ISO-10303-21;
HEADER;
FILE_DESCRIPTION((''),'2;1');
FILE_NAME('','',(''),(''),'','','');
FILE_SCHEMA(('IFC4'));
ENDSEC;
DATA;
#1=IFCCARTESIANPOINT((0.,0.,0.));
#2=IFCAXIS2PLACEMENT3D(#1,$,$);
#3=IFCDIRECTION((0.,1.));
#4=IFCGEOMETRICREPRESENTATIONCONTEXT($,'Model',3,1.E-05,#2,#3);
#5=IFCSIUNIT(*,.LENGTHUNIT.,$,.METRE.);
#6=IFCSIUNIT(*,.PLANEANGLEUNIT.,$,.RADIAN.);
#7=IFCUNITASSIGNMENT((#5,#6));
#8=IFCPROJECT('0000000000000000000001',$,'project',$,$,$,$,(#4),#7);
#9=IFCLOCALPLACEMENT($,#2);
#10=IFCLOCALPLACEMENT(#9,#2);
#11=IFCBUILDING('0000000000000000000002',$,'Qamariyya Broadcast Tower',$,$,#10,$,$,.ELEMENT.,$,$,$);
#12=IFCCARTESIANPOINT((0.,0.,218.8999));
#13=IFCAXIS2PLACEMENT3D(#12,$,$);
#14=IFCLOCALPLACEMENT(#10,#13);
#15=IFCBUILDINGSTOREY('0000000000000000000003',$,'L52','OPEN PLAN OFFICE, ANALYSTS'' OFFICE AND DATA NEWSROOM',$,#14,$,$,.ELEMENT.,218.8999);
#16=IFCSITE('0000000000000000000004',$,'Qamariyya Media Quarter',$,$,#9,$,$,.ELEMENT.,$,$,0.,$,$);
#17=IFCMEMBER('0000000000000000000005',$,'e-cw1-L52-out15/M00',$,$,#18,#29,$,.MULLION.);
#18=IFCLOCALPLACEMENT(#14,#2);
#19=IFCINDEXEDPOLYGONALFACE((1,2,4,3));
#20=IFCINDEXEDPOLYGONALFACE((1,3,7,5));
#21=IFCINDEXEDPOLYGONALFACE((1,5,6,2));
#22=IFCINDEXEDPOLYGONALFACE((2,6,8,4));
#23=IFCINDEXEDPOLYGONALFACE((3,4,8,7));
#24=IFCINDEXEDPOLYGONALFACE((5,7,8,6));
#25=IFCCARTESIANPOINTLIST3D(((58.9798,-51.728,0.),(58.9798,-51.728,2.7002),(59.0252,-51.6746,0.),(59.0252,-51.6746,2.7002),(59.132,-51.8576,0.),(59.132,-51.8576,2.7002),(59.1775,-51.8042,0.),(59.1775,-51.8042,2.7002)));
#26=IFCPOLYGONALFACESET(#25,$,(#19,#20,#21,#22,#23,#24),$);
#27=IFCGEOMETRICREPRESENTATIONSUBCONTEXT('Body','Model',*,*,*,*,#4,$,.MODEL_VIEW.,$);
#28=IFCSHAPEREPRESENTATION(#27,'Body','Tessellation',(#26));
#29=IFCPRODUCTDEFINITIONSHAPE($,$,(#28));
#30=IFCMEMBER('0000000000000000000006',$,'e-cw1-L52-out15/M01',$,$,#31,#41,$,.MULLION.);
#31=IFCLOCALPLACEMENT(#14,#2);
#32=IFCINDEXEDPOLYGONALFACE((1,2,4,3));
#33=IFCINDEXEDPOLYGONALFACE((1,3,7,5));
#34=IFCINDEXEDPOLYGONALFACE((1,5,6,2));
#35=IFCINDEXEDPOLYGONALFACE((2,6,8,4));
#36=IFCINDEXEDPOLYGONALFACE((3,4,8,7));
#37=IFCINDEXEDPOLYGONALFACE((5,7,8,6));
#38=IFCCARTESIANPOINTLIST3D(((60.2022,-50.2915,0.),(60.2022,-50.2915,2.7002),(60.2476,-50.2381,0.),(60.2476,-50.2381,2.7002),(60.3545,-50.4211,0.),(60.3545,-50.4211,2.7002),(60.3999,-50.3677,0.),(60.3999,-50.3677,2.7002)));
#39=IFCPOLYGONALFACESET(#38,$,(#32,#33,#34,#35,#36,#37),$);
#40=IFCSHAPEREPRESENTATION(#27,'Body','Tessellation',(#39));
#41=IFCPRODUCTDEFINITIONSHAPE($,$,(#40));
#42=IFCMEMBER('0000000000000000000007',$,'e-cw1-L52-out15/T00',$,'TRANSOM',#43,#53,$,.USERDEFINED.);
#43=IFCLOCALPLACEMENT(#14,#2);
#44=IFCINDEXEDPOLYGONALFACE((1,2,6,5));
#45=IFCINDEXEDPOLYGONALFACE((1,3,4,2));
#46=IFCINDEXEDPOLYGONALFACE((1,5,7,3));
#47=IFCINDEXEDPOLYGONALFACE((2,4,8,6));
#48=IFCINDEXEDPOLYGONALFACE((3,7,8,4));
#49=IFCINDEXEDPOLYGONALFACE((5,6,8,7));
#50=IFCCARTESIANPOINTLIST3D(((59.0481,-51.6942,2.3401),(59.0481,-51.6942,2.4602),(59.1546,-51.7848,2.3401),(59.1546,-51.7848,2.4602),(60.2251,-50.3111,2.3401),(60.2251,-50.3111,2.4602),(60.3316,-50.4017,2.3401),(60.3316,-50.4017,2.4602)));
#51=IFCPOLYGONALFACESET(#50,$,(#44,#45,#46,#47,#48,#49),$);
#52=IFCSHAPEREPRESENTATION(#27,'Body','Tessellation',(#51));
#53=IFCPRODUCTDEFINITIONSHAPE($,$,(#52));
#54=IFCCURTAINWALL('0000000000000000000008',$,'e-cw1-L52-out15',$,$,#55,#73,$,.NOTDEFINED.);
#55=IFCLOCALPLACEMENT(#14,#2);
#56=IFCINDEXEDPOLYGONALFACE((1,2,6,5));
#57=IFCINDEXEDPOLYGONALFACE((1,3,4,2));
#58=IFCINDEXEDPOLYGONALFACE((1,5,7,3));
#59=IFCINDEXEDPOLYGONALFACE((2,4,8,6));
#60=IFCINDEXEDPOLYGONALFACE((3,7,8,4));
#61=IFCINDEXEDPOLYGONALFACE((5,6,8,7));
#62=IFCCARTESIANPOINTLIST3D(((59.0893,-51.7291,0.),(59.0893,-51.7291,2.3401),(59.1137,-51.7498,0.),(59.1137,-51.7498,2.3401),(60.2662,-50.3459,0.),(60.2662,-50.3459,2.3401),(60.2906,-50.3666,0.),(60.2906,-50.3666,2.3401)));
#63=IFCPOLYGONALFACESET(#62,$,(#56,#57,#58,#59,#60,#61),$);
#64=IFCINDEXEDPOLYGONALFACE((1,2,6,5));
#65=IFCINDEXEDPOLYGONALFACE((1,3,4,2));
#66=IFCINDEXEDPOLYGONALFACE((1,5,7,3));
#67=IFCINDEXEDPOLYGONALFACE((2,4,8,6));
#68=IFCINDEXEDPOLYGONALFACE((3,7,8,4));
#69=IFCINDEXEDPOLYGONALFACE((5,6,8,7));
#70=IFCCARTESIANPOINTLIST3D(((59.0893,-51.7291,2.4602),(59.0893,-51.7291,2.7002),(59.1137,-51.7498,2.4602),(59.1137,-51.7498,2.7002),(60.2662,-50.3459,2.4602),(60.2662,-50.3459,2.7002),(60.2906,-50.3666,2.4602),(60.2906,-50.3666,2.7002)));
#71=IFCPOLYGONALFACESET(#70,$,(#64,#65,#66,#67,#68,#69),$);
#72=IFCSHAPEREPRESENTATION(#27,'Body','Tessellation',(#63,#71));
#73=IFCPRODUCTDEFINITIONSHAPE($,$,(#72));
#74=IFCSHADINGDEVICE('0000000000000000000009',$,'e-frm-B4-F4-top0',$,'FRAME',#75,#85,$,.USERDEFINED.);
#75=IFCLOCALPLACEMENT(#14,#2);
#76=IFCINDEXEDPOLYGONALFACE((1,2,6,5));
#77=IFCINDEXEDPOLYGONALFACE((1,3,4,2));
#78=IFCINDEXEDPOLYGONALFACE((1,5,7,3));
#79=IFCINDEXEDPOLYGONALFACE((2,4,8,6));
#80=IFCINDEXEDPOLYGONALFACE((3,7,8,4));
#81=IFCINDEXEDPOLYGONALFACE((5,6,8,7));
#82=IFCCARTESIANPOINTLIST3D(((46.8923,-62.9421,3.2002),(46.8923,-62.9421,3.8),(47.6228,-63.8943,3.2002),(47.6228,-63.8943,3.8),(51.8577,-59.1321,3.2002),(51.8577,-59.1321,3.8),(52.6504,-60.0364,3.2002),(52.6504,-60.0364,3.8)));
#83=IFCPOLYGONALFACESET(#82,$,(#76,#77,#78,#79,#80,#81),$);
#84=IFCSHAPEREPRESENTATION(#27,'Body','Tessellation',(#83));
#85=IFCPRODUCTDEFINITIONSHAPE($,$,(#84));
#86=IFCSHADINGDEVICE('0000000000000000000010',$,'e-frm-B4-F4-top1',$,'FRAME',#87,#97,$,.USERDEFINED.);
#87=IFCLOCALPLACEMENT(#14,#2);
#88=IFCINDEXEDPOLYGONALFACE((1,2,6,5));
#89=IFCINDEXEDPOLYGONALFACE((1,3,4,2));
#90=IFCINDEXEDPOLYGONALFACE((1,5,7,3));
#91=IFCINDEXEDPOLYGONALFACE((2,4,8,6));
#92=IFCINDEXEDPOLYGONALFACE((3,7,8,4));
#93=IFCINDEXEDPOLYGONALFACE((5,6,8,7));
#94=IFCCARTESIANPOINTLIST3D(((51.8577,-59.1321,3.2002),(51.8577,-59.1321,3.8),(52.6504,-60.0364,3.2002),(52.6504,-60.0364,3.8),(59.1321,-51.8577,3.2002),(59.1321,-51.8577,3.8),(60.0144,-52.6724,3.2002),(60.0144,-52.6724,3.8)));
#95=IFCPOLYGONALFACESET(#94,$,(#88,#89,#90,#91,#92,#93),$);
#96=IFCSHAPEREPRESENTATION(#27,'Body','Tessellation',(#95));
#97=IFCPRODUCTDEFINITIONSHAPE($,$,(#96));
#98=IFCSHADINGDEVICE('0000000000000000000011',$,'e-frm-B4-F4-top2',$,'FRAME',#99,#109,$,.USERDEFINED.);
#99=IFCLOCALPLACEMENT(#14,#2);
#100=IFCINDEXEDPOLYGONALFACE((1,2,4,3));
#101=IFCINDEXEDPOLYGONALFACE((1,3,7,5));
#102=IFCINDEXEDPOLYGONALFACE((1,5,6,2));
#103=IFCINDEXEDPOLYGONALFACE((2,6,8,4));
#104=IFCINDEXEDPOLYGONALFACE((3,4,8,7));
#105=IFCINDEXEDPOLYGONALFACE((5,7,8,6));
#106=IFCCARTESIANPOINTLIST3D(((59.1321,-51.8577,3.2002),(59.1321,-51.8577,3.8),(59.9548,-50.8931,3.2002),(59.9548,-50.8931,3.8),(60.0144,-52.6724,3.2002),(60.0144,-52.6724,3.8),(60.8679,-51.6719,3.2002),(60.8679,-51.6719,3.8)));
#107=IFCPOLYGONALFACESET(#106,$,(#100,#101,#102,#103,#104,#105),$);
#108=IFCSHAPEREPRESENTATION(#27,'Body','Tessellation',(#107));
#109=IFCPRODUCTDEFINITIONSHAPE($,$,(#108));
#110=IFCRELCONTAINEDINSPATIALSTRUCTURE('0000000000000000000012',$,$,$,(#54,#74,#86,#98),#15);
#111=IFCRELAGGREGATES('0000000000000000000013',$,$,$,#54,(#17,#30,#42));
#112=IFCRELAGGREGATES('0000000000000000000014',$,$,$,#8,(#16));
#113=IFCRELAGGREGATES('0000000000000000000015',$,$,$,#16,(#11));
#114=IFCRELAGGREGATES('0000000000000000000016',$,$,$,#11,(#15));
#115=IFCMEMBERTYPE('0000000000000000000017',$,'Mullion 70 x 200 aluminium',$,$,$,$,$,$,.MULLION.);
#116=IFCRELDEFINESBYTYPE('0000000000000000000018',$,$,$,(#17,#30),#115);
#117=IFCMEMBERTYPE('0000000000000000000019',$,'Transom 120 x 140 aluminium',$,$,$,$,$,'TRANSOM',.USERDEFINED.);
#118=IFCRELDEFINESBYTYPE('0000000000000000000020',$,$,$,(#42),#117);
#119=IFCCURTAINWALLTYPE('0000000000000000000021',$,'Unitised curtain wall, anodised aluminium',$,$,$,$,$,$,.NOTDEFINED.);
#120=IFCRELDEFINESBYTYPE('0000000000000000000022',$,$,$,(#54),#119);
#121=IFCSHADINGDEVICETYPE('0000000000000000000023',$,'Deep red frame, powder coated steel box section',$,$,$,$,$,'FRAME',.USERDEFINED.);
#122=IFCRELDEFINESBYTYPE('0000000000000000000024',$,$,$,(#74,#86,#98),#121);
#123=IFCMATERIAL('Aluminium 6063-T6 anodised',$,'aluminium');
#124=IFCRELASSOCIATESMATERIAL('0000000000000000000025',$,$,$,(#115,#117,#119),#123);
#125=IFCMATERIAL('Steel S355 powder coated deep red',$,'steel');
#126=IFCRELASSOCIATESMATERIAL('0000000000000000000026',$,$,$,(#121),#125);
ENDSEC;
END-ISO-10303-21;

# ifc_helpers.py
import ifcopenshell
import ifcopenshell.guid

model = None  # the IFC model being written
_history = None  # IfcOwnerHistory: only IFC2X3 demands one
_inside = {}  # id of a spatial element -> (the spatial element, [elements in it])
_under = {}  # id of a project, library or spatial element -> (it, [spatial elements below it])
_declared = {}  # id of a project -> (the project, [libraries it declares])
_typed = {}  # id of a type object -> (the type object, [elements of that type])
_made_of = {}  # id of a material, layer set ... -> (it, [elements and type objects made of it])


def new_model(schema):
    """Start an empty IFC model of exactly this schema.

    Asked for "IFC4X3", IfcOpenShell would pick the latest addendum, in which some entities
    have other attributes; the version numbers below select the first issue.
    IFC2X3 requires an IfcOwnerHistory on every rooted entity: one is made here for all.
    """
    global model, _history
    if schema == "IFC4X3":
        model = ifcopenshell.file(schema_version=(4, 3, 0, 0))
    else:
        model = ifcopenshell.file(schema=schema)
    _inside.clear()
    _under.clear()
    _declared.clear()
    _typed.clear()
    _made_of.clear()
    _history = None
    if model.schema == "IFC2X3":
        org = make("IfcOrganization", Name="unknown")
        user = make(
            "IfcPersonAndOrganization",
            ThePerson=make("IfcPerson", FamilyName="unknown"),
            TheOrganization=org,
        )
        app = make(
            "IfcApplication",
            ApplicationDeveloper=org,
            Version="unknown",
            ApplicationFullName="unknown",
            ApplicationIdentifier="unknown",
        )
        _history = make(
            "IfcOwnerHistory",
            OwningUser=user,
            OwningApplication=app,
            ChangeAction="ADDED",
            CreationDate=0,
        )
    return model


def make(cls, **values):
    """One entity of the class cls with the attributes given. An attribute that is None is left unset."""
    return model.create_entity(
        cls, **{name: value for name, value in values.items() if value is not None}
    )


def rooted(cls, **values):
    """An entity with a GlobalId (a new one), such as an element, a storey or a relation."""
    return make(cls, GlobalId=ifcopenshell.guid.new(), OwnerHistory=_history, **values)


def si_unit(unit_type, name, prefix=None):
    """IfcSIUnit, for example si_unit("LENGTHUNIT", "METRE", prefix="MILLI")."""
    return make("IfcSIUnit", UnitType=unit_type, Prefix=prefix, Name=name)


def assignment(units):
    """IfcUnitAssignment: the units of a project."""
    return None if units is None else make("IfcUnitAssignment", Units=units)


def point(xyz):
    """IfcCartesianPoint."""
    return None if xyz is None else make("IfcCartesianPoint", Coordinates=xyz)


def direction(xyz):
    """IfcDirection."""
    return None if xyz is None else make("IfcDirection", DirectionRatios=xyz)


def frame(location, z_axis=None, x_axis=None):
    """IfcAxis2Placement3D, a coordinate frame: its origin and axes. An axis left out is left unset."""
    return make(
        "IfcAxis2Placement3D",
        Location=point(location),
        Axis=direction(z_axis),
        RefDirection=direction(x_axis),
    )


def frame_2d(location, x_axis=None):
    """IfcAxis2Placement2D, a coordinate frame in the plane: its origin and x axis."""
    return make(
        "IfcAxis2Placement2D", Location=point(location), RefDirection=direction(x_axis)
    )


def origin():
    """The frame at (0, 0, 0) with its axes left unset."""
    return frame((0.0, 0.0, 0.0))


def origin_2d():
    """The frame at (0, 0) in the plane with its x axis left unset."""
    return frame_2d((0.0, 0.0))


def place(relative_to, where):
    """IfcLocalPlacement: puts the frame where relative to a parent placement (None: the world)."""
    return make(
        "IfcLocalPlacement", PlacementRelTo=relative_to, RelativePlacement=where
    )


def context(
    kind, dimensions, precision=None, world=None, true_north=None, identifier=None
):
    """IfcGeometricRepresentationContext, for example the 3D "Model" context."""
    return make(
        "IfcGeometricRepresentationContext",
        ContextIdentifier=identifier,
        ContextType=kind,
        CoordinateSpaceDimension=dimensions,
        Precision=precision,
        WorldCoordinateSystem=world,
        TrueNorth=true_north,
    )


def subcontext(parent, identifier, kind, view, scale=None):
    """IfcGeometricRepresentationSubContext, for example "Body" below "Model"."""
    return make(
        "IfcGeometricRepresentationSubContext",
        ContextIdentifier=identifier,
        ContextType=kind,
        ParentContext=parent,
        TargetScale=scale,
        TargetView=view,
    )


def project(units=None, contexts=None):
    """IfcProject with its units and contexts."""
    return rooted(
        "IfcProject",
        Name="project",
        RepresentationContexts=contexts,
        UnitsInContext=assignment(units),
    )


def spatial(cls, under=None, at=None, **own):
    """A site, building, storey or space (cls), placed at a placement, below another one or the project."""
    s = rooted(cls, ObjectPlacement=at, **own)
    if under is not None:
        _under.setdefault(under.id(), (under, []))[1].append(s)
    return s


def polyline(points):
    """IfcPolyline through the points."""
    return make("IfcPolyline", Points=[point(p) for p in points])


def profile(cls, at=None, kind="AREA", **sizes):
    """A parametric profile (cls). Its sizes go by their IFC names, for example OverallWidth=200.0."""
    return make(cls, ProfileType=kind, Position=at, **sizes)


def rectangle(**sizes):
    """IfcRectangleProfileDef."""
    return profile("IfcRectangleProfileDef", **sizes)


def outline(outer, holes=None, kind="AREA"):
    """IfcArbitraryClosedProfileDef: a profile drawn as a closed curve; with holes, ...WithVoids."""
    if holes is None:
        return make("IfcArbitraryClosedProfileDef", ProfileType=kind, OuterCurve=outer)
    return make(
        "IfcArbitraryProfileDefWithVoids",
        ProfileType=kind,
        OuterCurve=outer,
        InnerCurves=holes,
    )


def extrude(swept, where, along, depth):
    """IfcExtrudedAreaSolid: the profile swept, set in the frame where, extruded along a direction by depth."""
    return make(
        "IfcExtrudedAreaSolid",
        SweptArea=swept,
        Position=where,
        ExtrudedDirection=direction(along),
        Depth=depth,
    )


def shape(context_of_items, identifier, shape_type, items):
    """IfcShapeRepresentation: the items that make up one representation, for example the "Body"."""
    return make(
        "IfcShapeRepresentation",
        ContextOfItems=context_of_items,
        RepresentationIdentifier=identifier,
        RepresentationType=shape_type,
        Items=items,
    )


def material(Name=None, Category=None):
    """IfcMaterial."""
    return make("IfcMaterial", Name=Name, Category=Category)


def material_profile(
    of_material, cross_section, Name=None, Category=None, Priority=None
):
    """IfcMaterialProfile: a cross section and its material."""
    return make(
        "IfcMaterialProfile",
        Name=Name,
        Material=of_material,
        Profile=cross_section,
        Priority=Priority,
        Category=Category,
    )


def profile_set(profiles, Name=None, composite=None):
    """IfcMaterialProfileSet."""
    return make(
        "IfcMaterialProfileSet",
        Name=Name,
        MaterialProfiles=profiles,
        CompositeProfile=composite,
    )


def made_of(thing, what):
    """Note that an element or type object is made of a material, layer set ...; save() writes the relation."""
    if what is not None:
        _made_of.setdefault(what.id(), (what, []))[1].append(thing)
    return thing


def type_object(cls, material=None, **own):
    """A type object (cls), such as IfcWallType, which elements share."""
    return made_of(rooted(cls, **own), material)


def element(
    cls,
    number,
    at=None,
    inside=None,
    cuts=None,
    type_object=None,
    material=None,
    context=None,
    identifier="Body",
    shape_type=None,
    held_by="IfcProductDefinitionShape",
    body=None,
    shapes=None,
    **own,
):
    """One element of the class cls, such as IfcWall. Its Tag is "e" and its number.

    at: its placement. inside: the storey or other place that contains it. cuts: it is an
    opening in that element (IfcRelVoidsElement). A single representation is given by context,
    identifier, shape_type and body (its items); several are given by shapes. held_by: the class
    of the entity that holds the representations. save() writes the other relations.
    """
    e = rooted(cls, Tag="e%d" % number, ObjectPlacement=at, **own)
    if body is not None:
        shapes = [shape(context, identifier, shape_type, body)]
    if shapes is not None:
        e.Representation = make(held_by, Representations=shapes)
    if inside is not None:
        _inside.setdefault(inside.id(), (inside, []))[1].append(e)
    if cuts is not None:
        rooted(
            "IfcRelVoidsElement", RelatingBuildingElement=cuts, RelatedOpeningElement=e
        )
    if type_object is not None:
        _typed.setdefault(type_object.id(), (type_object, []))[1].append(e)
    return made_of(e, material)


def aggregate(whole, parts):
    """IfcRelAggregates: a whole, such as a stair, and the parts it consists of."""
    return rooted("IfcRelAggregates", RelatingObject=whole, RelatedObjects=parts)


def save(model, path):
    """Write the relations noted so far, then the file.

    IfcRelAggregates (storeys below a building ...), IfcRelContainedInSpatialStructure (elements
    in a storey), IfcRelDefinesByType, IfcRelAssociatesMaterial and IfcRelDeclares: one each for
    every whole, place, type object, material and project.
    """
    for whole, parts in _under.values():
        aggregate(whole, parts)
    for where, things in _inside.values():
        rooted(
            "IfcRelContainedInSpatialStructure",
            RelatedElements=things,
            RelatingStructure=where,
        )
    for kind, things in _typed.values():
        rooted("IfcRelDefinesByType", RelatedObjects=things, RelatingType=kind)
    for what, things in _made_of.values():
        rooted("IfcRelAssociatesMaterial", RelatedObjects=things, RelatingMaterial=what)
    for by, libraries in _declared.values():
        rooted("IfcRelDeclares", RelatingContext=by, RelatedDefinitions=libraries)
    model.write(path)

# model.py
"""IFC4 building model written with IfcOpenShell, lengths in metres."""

from ifc_helpers import new_model, si_unit, direction, frame, origin, origin_2d, place, context, subcontext, project, spatial, polyline, rectangle, outline, extrude, material, material_profile, profile_set, type_object, element, aggregate, save


model = new_model("IFC4")

# Units and contexts
model_context = context("Model", 3, precision=1e-05, world=origin(), true_north=direction((0.0, 1.0)))
body_context = subcontext(model_context, "Body", "Model", "MODEL_VIEW")
ifc_project = project(units=[si_unit("LENGTHUNIT", "METRE"), si_unit("PLANEANGLEUNIT", "RADIAN")], contexts=[model_context])

# Members
ifc_material_1 = material(Name="Aluminium 6063-T6 anodised", Category="aluminium")
ifc_material_profile_1 = material_profile(ifc_material_1, rectangle(XDim=0.2, YDim=0.0701, at=origin_2d()))
ifc_profile_set_1 = profile_set([ifc_material_profile_1], Name="Aluminium 6063-T6 anodised")
member_type_1 = type_object("IfcMemberType", Name="Mullion 70 x 200 aluminium", PredefinedType="MULLION", material=ifc_profile_set_1)
site_placement = place(None, origin())
building_placement = place(site_placement, origin())
storey_placement = place(building_placement, frame((0.0, 0.0, 218.8999)))
member_1_placement = place(storey_placement, frame((59.0786, -51.7661, 0.0), z_axis=(0.0, 0.0, 1.0), x_axis=(-0.76157, 0.648083, 0.0)))
member_1 = element("IfcMember", 1, at=member_1_placement, type_object=member_type_1, Name="e-cw1-L52-out15/M00", PredefinedType="MULLION", context=body_context, shape_type="SweptSolid", body=[
    extrude(rectangle(XDim=0.2, YDim=0.0701, at=origin_2d()), origin(), (0.0, 0.0, 1.0), 2.7002),
])
member_2_placement = place(storey_placement, frame((60.301, -50.3296, 0.0), z_axis=(0.0, 0.0, 1.0), x_axis=(-0.76157, 0.648083, 0.0)))
member_2 = element("IfcMember", 2, at=member_2_placement, type_object=member_type_1, Name="e-cw1-L52-out15/M01", PredefinedType="MULLION", context=body_context, shape_type="SweptSolid", body=[
    extrude(rectangle(XDim=0.2, YDim=0.0701, at=origin_2d()), origin(), (0.0, 0.0, 1.0), 2.7002),
])
ifc_material_profile_2 = material_profile(ifc_material_1, rectangle(XDim=0.1399, YDim=0.1201, at=origin_2d()))
ifc_profile_set_2 = profile_set([ifc_material_profile_2], Name="Aluminium 6063-T6 anodised")
member_type_2 = type_object("IfcMemberType", Name="Transom 120 x 140 aluminium", ElementType="TRANSOM", PredefinedType="USERDEFINED", material=ifc_profile_set_2)
member_3_placement = place(storey_placement, frame((59.1013, -51.7395, 2.4001), z_axis=(0.648097, 0.761558, 0.0), x_axis=(-0.761558, 0.648097, 0.0)))
member_3 = element("IfcMember", 3, at=member_3_placement, type_object=member_type_2, Name="e-cw1-L52-out15/T00", ObjectType="TRANSOM", PredefinedType="USERDEFINED", context=body_context, shape_type="SweptSolid", body=[
    extrude(rectangle(XDim=0.1399, YDim=0.1201, at=origin_2d()), origin(), (0.0, 0.0, 1.0), 1.8162),
])

# Site, building, storey
site = spatial("IfcSite", under=ifc_project, at=site_placement, Name="Qamariyya Media Quarter", CompositionType="ELEMENT", RefElevation=0.0)
building = spatial("IfcBuilding", under=site, at=building_placement, Name="Qamariyya Broadcast Tower", CompositionType="ELEMENT")
storey = spatial("IfcBuildingStorey", under=building, at=storey_placement, Name="L52", Description="OPEN PLAN OFFICE, ANALYSTS' OFFICE AND DATA NEWSROOM", CompositionType="ELEMENT", Elevation=218.8999)

# Curtain wall
curtain_wall_type = type_object("IfcCurtainWallType", Name="Unitised curtain wall, anodised aluminium", PredefinedType="NOTDEFINED", material=ifc_material_1)
curtain_wall_1_placement = place(storey_placement, origin())
curtain_wall_1 = element("IfcCurtainWall", 4, at=curtain_wall_1_placement, inside=storey, type_object=curtain_wall_type, Name="e-cw1-L52-out15", PredefinedType="NOTDEFINED", context=body_context, shape_type="SweptSolid", body=[
    extrude(rectangle(XDim=1.8162, YDim=0.032, at=origin_2d()), frame((59.6899, -51.0479, 0.0), x_axis=(0.648032, 0.761613, 0.0)), (0.0, 0.0, 1.0), 2.3401),
    extrude(rectangle(XDim=1.8162, YDim=0.032, at=origin_2d()), frame((59.6899, -51.0479, 2.4602), x_axis=(0.648032, 0.761613, 0.0)), (0.0, 0.0, 1.0), 0.24),
])
aggregate(curtain_wall_1, [member_1, member_2, member_3])

# Shading devices
ifc_material_2 = material(Name="Steel S355 powder coated deep red", Category="steel")
shading_device_type = type_object("IfcShadingDeviceType", Name="Deep red frame, powder coated steel box section", ElementType="FRAME", PredefinedType="USERDEFINED", material=ifc_material_2)
shading_device_1_placement = place(storey_placement, frame((0.0, 0.0, 3.2002)))
element("IfcShadingDevice", 5, at=shading_device_1_placement, inside=storey, type_object=shading_device_type, Name="e-frm-B4-F4-top0", ObjectType="FRAME", PredefinedType="USERDEFINED", context=body_context, shape_type="SweptSolid", body=[
    extrude(outline(polyline([(46.8923, -62.9421), (47.6228, -63.8943), (52.6504, -60.0364), (51.8577, -59.1321), (46.8923, -62.9421)])), origin(), (0.0, 0.0, 1.0), 0.5999),
])
shading_device_2_placement = place(storey_placement, frame((0.0, 0.0, 3.2002)))
element("IfcShadingDevice", 6, at=shading_device_2_placement, inside=storey, type_object=shading_device_type, Name="e-frm-B4-F4-top1", ObjectType="FRAME", PredefinedType="USERDEFINED", context=body_context, shape_type="SweptSolid", body=[
    extrude(outline(polyline([(51.8577, -59.1321), (52.6504, -60.0364), (60.0144, -52.6724), (59.1321, -51.8577), (51.8577, -59.1321)])), origin(), (0.0, 0.0, 1.0), 0.5999),
])
shading_device_3_placement = place(storey_placement, frame((0.0, 0.0, 3.2002)))
element("IfcShadingDevice", 7, at=shading_device_3_placement, inside=storey, type_object=shading_device_type, Name="e-frm-B4-F4-top2", ObjectType="FRAME", PredefinedType="USERDEFINED", context=body_context, shape_type="SweptSolid", body=[
    extrude(outline(polyline([(59.1321, -51.8577), (60.0144, -52.6724), (60.8679, -51.6719), (59.9548, -50.8931), (59.1321, -51.8577)])), origin(), (0.0, 0.0, 1.0), 0.5999),
])

save(model, "model.ifc")
